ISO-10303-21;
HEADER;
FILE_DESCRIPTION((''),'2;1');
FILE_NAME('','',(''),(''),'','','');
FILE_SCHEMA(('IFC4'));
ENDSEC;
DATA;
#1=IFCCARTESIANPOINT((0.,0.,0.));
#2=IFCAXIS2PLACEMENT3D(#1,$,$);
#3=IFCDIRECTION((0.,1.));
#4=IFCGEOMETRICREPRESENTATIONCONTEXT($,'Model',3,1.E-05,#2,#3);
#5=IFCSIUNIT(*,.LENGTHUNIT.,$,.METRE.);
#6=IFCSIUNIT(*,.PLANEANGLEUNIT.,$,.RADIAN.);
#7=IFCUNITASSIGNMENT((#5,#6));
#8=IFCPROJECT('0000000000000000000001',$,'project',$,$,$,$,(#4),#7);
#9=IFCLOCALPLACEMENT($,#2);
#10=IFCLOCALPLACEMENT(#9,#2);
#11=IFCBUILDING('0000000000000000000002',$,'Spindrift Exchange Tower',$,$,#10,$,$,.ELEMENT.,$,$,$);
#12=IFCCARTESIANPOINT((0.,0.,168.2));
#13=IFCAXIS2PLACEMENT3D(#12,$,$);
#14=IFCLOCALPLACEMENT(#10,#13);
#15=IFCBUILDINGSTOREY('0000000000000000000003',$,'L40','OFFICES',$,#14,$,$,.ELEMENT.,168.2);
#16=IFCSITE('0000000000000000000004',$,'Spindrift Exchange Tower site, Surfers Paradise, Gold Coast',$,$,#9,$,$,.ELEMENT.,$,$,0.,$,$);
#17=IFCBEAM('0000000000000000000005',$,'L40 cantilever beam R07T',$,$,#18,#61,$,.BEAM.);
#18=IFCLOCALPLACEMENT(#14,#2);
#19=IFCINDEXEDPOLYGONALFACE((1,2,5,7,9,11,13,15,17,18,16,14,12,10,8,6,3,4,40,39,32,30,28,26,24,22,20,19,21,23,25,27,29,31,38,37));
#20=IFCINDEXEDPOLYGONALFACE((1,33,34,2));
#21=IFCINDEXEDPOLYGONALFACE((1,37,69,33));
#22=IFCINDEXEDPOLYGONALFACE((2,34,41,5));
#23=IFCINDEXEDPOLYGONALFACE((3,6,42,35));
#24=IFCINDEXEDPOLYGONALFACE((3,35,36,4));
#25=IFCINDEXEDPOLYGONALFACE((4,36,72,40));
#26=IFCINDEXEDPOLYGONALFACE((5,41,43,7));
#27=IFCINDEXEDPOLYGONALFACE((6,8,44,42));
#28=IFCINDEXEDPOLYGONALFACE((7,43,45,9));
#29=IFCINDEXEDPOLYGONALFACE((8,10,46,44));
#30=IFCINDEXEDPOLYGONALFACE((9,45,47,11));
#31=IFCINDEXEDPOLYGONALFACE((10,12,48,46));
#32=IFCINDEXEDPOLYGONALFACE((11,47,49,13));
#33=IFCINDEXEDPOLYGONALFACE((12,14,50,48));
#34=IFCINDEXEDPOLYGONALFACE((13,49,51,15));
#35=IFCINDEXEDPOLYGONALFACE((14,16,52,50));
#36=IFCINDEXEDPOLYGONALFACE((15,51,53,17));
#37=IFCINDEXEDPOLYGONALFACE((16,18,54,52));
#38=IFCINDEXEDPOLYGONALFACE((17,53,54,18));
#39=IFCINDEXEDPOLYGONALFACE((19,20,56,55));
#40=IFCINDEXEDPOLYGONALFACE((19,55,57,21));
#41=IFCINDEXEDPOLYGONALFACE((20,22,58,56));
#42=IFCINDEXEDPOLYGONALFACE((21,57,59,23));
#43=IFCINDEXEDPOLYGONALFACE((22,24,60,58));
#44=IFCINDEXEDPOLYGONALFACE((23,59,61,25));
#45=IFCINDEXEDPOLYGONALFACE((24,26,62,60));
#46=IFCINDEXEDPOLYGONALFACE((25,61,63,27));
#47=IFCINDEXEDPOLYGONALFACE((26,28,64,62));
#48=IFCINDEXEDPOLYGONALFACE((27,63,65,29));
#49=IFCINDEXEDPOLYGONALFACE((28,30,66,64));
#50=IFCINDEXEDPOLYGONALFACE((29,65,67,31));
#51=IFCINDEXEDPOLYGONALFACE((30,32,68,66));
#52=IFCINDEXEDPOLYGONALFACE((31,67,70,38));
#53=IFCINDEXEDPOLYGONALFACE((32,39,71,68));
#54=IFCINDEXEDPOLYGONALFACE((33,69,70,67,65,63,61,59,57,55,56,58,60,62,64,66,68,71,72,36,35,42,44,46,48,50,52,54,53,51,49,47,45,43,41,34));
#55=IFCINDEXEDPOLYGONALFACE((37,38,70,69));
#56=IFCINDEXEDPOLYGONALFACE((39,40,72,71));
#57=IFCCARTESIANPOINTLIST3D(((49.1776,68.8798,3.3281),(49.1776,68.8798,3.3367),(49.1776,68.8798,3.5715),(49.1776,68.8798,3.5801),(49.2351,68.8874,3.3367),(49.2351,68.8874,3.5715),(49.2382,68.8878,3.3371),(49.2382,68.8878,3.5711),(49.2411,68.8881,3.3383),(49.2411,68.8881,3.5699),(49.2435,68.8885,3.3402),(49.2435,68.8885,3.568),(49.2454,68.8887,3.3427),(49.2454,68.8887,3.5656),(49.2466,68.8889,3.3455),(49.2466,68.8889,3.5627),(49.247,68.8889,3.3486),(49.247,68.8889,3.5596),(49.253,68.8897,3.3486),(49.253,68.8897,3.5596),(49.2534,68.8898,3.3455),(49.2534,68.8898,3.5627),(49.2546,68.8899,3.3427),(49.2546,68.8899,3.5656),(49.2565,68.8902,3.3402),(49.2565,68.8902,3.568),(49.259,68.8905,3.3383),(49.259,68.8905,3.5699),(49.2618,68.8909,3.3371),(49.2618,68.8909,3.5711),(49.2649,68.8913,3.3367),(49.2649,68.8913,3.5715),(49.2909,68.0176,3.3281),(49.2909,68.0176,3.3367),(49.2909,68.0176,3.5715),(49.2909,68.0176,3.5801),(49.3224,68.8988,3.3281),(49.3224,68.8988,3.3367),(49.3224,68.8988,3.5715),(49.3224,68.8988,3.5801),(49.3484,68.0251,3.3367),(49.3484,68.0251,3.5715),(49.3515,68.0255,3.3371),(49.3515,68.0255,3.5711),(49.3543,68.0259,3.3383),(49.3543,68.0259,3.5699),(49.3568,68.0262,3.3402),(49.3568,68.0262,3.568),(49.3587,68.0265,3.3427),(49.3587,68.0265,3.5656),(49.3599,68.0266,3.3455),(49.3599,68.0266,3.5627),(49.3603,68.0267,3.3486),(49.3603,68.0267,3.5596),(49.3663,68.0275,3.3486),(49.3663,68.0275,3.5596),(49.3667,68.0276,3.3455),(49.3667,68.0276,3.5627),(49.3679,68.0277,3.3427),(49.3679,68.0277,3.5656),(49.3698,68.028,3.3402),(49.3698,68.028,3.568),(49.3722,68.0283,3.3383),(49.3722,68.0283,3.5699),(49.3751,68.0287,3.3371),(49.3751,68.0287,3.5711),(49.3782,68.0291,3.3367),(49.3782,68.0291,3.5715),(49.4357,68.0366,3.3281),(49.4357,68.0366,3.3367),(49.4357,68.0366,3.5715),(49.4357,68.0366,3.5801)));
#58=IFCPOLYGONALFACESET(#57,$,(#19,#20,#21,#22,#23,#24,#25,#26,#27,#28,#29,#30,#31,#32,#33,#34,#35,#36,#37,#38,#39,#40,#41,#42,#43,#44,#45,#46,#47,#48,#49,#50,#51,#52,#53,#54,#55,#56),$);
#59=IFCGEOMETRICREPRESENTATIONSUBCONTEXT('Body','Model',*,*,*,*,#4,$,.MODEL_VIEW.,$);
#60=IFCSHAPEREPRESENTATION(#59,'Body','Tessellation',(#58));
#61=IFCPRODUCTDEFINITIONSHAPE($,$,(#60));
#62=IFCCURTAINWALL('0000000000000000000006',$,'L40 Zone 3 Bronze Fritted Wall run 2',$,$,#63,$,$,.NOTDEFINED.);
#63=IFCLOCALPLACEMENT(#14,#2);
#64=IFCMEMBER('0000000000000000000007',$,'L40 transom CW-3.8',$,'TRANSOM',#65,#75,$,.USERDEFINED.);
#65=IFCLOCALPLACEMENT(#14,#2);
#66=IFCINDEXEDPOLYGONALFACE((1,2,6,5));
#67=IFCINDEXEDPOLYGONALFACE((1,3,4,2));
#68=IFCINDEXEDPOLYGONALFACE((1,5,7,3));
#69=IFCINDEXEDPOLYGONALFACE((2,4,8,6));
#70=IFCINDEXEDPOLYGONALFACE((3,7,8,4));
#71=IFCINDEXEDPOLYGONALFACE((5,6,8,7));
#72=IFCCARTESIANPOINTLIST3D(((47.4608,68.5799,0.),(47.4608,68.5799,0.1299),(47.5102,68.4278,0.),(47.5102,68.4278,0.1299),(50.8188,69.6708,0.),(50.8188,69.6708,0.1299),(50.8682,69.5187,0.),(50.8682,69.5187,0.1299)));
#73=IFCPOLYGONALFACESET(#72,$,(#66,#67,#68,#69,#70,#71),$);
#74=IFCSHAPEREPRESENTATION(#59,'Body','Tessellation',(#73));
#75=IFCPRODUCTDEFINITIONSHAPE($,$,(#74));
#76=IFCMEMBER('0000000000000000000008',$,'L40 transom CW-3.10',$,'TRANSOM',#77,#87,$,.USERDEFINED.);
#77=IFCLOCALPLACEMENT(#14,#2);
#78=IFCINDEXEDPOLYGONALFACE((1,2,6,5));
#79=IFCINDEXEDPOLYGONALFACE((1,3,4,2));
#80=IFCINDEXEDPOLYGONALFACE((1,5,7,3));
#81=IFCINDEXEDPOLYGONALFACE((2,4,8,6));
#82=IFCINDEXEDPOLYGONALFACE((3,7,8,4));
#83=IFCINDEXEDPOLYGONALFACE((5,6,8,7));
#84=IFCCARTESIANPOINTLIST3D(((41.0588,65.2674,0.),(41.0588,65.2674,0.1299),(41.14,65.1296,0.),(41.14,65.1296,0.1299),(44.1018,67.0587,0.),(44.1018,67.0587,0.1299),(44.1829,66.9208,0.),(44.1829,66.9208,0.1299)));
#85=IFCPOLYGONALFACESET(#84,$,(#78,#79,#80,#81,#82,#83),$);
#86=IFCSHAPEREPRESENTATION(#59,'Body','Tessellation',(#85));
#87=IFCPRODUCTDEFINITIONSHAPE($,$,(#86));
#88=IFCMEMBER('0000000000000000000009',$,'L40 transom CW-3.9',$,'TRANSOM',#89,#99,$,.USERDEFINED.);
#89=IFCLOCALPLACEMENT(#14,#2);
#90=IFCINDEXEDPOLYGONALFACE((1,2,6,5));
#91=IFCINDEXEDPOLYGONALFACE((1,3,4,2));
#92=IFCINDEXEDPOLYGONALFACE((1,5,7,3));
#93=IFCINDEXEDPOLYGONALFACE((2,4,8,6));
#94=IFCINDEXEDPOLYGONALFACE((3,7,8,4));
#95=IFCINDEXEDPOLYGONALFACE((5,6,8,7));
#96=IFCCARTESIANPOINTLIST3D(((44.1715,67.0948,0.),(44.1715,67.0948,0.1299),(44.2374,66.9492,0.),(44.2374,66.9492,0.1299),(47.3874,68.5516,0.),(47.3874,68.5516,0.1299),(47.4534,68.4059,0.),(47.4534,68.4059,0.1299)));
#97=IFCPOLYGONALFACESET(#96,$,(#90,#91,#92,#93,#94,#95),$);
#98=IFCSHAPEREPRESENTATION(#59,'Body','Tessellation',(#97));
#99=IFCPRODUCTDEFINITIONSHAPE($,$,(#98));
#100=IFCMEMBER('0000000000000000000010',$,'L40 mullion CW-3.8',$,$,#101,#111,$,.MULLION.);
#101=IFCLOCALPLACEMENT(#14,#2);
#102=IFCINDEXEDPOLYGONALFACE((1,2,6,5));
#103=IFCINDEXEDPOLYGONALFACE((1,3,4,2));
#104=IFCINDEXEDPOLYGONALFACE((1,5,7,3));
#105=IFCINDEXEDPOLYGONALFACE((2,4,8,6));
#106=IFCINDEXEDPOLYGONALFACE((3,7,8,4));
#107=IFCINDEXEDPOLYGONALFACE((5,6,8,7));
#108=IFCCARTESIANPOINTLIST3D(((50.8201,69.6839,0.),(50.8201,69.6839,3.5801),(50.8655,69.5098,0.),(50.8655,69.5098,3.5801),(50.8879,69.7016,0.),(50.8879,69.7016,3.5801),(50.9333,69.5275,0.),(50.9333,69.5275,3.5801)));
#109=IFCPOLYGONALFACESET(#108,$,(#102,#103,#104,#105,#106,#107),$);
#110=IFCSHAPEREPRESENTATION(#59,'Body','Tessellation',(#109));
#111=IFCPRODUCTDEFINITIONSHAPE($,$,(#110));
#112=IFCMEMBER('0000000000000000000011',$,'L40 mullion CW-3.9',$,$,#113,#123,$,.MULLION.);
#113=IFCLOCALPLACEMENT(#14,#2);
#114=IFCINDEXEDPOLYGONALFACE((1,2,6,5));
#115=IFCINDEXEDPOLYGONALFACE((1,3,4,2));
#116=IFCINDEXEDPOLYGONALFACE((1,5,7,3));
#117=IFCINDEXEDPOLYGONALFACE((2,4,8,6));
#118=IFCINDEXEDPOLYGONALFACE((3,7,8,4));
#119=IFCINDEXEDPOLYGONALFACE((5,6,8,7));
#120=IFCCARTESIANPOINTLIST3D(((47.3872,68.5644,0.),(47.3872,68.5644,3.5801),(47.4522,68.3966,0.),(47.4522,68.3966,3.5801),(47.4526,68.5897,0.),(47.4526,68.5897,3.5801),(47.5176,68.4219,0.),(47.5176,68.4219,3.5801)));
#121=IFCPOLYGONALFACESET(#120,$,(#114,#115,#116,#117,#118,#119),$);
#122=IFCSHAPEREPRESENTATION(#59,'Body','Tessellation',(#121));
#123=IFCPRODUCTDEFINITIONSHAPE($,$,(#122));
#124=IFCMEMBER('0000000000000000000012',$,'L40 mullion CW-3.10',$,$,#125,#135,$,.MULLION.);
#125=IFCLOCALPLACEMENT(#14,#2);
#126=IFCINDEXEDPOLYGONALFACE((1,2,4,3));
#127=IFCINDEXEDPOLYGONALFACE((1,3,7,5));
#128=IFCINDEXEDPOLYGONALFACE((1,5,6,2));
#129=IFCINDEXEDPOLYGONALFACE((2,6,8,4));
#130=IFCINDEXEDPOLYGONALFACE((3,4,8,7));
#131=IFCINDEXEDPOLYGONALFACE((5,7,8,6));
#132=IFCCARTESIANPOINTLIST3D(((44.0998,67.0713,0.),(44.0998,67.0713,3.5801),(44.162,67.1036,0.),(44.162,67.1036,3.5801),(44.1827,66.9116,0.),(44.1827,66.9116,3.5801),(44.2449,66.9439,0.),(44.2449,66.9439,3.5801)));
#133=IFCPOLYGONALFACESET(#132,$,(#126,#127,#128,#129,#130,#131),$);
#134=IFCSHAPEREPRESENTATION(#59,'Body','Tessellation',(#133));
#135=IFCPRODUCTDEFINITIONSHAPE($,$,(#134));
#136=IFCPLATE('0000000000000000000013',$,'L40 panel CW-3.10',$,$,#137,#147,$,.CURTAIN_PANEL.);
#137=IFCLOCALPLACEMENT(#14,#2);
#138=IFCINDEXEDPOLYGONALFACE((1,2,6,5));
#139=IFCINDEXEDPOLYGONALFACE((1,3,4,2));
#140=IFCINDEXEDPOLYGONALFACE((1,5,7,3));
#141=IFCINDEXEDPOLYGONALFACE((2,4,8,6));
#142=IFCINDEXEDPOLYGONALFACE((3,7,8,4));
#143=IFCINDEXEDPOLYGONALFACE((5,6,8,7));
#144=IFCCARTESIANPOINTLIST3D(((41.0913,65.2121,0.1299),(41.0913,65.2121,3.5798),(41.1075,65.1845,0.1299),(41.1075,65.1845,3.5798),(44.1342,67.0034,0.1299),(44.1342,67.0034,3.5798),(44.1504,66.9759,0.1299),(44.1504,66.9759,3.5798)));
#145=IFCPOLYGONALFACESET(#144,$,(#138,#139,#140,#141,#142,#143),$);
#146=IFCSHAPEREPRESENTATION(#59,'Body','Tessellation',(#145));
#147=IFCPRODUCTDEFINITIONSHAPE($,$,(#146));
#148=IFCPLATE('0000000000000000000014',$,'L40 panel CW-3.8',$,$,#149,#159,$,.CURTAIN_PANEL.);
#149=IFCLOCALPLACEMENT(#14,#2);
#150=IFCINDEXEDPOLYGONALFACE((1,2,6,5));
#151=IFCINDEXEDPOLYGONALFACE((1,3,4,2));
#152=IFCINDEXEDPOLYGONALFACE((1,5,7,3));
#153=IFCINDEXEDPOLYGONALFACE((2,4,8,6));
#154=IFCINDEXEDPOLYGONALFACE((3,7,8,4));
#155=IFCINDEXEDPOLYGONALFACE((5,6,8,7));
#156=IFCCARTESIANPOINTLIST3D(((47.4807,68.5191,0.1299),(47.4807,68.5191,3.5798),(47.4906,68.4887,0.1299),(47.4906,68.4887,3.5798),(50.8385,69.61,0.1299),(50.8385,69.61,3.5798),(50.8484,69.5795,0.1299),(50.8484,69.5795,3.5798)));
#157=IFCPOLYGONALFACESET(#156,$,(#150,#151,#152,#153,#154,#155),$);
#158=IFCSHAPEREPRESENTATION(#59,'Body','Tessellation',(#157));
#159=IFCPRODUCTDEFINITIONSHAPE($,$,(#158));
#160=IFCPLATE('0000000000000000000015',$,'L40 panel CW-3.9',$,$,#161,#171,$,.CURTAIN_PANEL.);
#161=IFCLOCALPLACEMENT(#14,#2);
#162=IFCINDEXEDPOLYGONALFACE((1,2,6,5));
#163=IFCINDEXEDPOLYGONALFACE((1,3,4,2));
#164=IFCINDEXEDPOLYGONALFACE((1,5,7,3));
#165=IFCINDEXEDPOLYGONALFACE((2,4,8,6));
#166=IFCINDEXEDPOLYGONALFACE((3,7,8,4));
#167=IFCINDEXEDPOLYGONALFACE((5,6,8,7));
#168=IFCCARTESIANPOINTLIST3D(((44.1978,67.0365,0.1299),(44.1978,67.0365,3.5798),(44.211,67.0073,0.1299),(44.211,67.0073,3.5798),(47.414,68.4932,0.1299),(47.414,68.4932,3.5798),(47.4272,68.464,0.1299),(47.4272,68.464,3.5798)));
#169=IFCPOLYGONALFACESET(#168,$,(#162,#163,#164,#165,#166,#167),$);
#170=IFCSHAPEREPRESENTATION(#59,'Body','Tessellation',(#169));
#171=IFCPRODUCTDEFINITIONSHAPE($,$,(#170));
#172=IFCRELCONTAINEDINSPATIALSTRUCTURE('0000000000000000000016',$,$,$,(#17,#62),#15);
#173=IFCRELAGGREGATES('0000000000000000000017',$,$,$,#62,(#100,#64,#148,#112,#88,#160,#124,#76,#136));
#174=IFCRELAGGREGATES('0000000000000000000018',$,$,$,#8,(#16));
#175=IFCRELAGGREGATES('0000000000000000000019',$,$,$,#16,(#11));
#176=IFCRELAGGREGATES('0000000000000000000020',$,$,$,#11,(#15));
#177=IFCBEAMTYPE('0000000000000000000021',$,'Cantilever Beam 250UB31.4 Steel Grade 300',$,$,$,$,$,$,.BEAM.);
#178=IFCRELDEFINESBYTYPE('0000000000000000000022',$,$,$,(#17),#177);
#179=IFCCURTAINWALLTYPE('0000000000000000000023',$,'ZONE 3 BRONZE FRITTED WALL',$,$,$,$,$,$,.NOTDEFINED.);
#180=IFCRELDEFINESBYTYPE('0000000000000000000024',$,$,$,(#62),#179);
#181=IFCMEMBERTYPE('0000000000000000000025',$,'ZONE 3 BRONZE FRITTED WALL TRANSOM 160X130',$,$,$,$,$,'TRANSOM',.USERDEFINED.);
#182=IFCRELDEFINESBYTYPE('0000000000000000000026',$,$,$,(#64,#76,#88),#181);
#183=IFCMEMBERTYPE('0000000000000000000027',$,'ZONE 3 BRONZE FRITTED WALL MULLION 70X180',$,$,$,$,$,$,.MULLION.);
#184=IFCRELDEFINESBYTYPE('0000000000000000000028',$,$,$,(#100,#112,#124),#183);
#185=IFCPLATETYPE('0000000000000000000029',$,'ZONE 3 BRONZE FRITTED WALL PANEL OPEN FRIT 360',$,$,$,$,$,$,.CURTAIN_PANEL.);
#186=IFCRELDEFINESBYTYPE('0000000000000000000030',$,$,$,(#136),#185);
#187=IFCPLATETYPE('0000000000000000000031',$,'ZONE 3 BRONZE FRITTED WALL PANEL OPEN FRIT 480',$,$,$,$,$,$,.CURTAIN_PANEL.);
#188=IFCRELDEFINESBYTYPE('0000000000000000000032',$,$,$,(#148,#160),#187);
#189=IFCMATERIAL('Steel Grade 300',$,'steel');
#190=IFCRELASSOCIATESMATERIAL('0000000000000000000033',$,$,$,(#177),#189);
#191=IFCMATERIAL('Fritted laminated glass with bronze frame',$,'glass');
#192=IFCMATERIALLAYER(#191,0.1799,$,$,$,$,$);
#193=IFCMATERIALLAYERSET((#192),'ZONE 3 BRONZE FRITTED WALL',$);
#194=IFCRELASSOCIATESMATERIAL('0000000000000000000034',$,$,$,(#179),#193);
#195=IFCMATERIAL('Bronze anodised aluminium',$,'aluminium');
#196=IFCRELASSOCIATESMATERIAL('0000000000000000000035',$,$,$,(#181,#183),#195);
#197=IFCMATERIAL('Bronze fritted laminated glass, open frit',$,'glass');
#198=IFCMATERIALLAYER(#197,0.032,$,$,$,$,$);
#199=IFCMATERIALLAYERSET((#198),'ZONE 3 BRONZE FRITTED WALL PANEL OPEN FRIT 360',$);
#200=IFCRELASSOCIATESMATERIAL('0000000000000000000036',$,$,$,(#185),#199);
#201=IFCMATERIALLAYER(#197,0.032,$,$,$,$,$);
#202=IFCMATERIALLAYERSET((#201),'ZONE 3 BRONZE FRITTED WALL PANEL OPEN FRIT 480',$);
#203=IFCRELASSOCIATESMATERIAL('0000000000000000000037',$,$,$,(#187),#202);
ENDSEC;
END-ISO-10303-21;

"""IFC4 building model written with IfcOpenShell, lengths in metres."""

from ifc_helpers import new_model, si_unit, direction, frame, origin, origin_2d, place, context, subcontext, project, spatial, rectangle, i_section, extrude, source, transform, mapped, material, layer, layer_set, material_profile, profile_set, type_object, element, aggregate, save


model = new_model("IFC4")

# Units and contexts
model_context = context("Model", 3, precision=1e-05, world=origin(), true_north=direction((0.0, 1.0)))
body_context = subcontext(model_context, "Body", "Model", "MODEL_VIEW")
ifc_project = project(units=[si_unit("LENGTHUNIT", "METRE"), si_unit("PLANEANGLEUNIT", "RADIAN")], contexts=[model_context])

# Site, building, storey
site_placement = place(None, origin())
site = spatial("IfcSite", under=ifc_project, at=site_placement, Name="Spindrift Exchange Tower site, Surfers Paradise, Gold Coast", CompositionType="ELEMENT", RefElevation=0.0)
building_placement = place(site_placement, origin())
building = spatial("IfcBuilding", under=site, at=building_placement, Name="Spindrift Exchange Tower", CompositionType="ELEMENT")
storey_placement = place(building_placement, frame((0.0, 0.0, 168.2)))
storey = spatial("IfcBuildingStorey", under=building, at=storey_placement, Name="L40", Description="OFFICES", CompositionType="ELEMENT", Elevation=168.2)

# Beam
ifc_material_1 = material(Name="Steel Grade 300", Category="steel")
ifc_material_profile_1 = material_profile(ifc_material_1, i_section(OverallWidth=0.146, OverallDepth=0.252, WebThickness=0.0061, FlangeThickness=0.0085, FilletRadius=0.012, at=origin_2d()), Name="250UB31.4")
ifc_profile_set_1 = profile_set([ifc_material_profile_1], Name="Steel Grade 300")
beam_type_1 = type_object("IfcBeamType", Name="Cantilever Beam 250UB31.4 Steel Grade 300", PredefinedType="BEAM", material=ifc_profile_set_1)
shared_shape_1 = source(origin(), body_context, "Body", "SweptSolid", [
    extrude(i_section(OverallWidth=0.146, OverallDepth=0.252, WebThickness=0.0061, FlangeThickness=0.0085, FilletRadius=0.012, at=origin_2d()), origin(), (0.0, 0.0, 1.0), 0.8696),
])
beam_1_placement = place(storey_placement, frame((49.3633, 68.0271, 3.4541), z_axis=(-0.130251, 0.991481, 0.0), x_axis=(-0.991481, -0.130251, 0.0)))
element("IfcBeam", 1, at=beam_1_placement, inside=storey, type_object=beam_type_1, Name="L40 cantilever beam R07T", PredefinedType="BEAM", context=body_context, shape_type="MappedRepresentation", body=[
    mapped(shared_shape_1, transform((0.0, 0.0, 0.0), scale=1.0)),
])

# Curtain wall, members, plates
ifc_material_2 = material(Name="Fritted laminated glass with bronze frame", Category="glass")
ifc_layer_1 = layer(ifc_material_2, 0.1799)
ifc_layer_set_1 = layer_set([ifc_layer_1], Name="ZONE 3 BRONZE FRITTED WALL")
curtain_wall_type = type_object("IfcCurtainWallType", Name="ZONE 3 BRONZE FRITTED WALL", PredefinedType="NOTDEFINED", material=ifc_layer_set_1)
curtain_wall_placement = place(storey_placement, origin())
curtain_wall = element("IfcCurtainWall", 2, at=curtain_wall_placement, inside=storey, type_object=curtain_wall_type, Name="L40 Zone 3 Bronze Fritted Wall run 2", PredefinedType="NOTDEFINED")
ifc_material_3 = material(Name="Bronze anodised aluminium", Category="aluminium")
ifc_material_profile_2 = material_profile(ifc_material_3, rectangle(XDim=0.1599, YDim=0.1299, at=origin_2d()), Name="ZONE 3 BRONZE FRITTED WALL TRANSOM 160X130")
ifc_profile_set_2 = profile_set([ifc_material_profile_2], Name="Bronze anodised aluminium")
member_type_1 = type_object("IfcMemberType", Name="ZONE 3 BRONZE FRITTED WALL TRANSOM 160X130", ElementType="TRANSOM", PredefinedType="USERDEFINED", material=ifc_profile_set_2)
shared_shape_2 = source(origin(), body_context, "Body", "SweptSolid", [
    extrude(rectangle(XDim=0.1599, YDim=0.1299, at=origin_2d()), origin(), (0.0, 0.0, 1.0), 3.5308),
])
member_1_placement = place(storey_placement, frame((50.8435, 69.5947, 0.0649), z_axis=(-0.951076, -0.308958, 0.0), x_axis=(0.308958, -0.951076, 0.0)))
member_1 = element("IfcMember", 3, at=member_1_placement, type_object=member_type_1, Name="L40 transom CW-3.8", ObjectType="TRANSOM", PredefinedType="USERDEFINED", context=body_context, shape_type="MappedRepresentation", body=[
    mapped(shared_shape_2, transform((0.0, 0.0, 0.0), scale=1.0)),
])
shared_shape_3 = source(origin(), body_context, "Body", "SweptSolid", [
    extrude(rectangle(XDim=0.1599, YDim=0.1299, at=origin_2d()), origin(), (0.0, 0.0, 1.0), 3.531),
])
member_2_placement = place(storey_placement, frame((44.1423, 66.9897, 0.0649), z_axis=(-0.861776, -0.507289, 0.0), x_axis=(0.507289, -0.861776, 0.0)))
member_2 = element("IfcMember", 4, at=member_2_placement, type_object=member_type_1, Name="L40 transom CW-3.10", ObjectType="TRANSOM", PredefinedType="USERDEFINED", context=body_context, shape_type="MappedRepresentation", body=[
    mapped(shared_shape_3, transform((0.0, 0.0, 0.0), scale=1.0)),
])
shared_shape_4 = source(origin(), body_context, "Body", "SweptSolid", [
    extrude(rectangle(XDim=0.1599, YDim=0.1299, at=origin_2d()), origin(), (0.0, 0.0, 1.0), 3.5305),
])
member_3_placement = place(storey_placement, frame((47.4204, 68.4788, 0.0649), z_axis=(-0.910906, -0.412615, 0.0), x_axis=(0.412615, -0.910906, 0.0)))
member_3 = element("IfcMember", 5, at=member_3_placement, type_object=member_type_1, Name="L40 transom CW-3.9", ObjectType="TRANSOM", PredefinedType="USERDEFINED", context=body_context, shape_type="MappedRepresentation", body=[
    mapped(shared_shape_4, transform((0.0, 0.0, 0.0), scale=1.0)),
])
ifc_material_profile_3 = material_profile(ifc_material_3, rectangle(XDim=0.0701, YDim=0.1799, at=origin_2d()), Name="ZONE 3 BRONZE FRITTED WALL MULLION 70X180")
ifc_profile_set_3 = profile_set([ifc_material_profile_3], Name="Bronze anodised aluminium")
member_type_2 = type_object("IfcMemberType", Name="ZONE 3 BRONZE FRITTED WALL MULLION 70X180", PredefinedType="MULLION", material=ifc_profile_set_3)
shared_shape_5 = source(origin(), body_context, "Body", "SweptSolid", [
    extrude(rectangle(XDim=0.0701, YDim=0.1799, at=origin_2d()), origin(), (0.0, 0.0, 1.0), 3.5801),
])
member_4_placement = place(storey_placement, frame((50.8767, 69.6057, 0.0), z_axis=(0.0, 0.0, 1.0), x_axis=(-0.967675, -0.2522, 0.0)))
member_4 = element("IfcMember", 6, at=member_4_placement, type_object=member_type_2, Name="L40 mullion CW-3.8", PredefinedType="MULLION", context=body_context, shape_type="MappedRepresentation", body=[
    mapped(shared_shape_5, transform((0.0, 0.0, 0.0), scale=1.0)),
])
member_5_placement = place(storey_placement, frame((47.4524, 68.4932, 0.0), z_axis=(0.0, 0.0, 1.0), x_axis=(-0.932435, -0.361337, 0.0)))
member_5 = element("IfcMember", 7, at=member_5_placement, type_object=member_type_2, Name="L40 mullion CW-3.9", PredefinedType="MULLION", context=body_context, shape_type="MappedRepresentation", body=[
    mapped(shared_shape_5, transform((0.0, 0.0, 0.0), scale=1.0)),
])
member_6_placement = place(storey_placement, frame((44.1724, 67.0076, 0.0), z_axis=(0.0, 0.0, 1.0), x_axis=(-0.887605, -0.460606, 0.0)))
member_6 = element("IfcMember", 8, at=member_6_placement, type_object=member_type_2, Name="L40 mullion CW-3.10", PredefinedType="MULLION", context=body_context, shape_type="MappedRepresentation", body=[
    mapped(shared_shape_5, transform((0.0, 0.0, 0.0), scale=1.0)),
])
ifc_material_4 = material(Name="Bronze fritted laminated glass, open frit", Category="glass")
ifc_layer_2 = layer(ifc_material_4, 0.032)
ifc_layer_set_2 = layer_set([ifc_layer_2], Name="ZONE 3 BRONZE FRITTED WALL PANEL OPEN FRIT 360")
plate_type_1 = type_object("IfcPlateType", Name="ZONE 3 BRONZE FRITTED WALL PANEL OPEN FRIT 360", PredefinedType="CURTAIN_PANEL", material=ifc_layer_set_2)
shared_shape_6 = source(origin(), body_context, "Body", "SweptSolid", [
    extrude(rectangle(XDim=3.531, YDim=0.032, at=origin_2d()), origin(), (0.0, 0.0, 1.0), 3.45),
])
plate_1_placement = place(storey_placement, frame((42.6208, 66.094, 0.1299), z_axis=(0.0, 0.0, 1.0), x_axis=(-0.861758, -0.507319, 0.0)))
plate_1 = element("IfcPlate", 9, at=plate_1_placement, type_object=plate_type_1, Name="L40 panel CW-3.10", PredefinedType="CURTAIN_PANEL", context=body_context, shape_type="MappedRepresentation", body=[
    mapped(shared_shape_6, transform((0.0, 0.0, 0.0), scale=1.0)),
])
ifc_layer_3 = layer(ifc_material_4, 0.032)
ifc_layer_set_3 = layer_set([ifc_layer_3], Name="ZONE 3 BRONZE FRITTED WALL PANEL OPEN FRIT 480")
plate_type_2 = type_object("IfcPlateType", Name="ZONE 3 BRONZE FRITTED WALL PANEL OPEN FRIT 480", PredefinedType="CURTAIN_PANEL", material=ifc_layer_set_3)
shared_shape_7 = source(origin(), body_context, "Body", "SweptSolid", [
    extrude(rectangle(XDim=3.5305, YDim=0.032, at=origin_2d()), origin(), (0.0, 0.0, 1.0), 3.45),
])
plate_2_placement = place(storey_placement, frame((49.1646, 69.0493, 0.1299), z_axis=(0.0, 0.0, 1.0), x_axis=(-0.951069, -0.308979, 0.0)))
plate_2 = element("IfcPlate", 10, at=plate_2_placement, type_object=plate_type_2, Name="L40 panel CW-3.8", PredefinedType="CURTAIN_PANEL", context=body_context, shape_type="MappedRepresentation", body=[
    mapped(shared_shape_7, transform((0.0, 0.0, 0.0), scale=1.0)),
])
shared_shape_8 = source(origin(), body_context, "Body", "SweptSolid", [
    extrude(rectangle(XDim=3.5308, YDim=0.032, at=origin_2d()), origin(), (0.0, 0.0, 1.0), 3.45),
])
plate_3_placement = place(storey_placement, frame((45.8125, 67.7502, 0.1299), z_axis=(0.0, 0.0, 1.0), x_axis=(-0.910921, -0.41258, 0.0)))
plate_3 = element("IfcPlate", 11, at=plate_3_placement, type_object=plate_type_2, Name="L40 panel CW-3.9", PredefinedType="CURTAIN_PANEL", context=body_context, shape_type="MappedRepresentation", body=[
    mapped(shared_shape_8, transform((0.0, 0.0, 0.0), scale=1.0)),
])
aggregate(curtain_wall, [member_4, member_1, plate_2, member_5, member_3, plate_3, member_6, member_2, plate_1])

save(model, "model.ifc")
